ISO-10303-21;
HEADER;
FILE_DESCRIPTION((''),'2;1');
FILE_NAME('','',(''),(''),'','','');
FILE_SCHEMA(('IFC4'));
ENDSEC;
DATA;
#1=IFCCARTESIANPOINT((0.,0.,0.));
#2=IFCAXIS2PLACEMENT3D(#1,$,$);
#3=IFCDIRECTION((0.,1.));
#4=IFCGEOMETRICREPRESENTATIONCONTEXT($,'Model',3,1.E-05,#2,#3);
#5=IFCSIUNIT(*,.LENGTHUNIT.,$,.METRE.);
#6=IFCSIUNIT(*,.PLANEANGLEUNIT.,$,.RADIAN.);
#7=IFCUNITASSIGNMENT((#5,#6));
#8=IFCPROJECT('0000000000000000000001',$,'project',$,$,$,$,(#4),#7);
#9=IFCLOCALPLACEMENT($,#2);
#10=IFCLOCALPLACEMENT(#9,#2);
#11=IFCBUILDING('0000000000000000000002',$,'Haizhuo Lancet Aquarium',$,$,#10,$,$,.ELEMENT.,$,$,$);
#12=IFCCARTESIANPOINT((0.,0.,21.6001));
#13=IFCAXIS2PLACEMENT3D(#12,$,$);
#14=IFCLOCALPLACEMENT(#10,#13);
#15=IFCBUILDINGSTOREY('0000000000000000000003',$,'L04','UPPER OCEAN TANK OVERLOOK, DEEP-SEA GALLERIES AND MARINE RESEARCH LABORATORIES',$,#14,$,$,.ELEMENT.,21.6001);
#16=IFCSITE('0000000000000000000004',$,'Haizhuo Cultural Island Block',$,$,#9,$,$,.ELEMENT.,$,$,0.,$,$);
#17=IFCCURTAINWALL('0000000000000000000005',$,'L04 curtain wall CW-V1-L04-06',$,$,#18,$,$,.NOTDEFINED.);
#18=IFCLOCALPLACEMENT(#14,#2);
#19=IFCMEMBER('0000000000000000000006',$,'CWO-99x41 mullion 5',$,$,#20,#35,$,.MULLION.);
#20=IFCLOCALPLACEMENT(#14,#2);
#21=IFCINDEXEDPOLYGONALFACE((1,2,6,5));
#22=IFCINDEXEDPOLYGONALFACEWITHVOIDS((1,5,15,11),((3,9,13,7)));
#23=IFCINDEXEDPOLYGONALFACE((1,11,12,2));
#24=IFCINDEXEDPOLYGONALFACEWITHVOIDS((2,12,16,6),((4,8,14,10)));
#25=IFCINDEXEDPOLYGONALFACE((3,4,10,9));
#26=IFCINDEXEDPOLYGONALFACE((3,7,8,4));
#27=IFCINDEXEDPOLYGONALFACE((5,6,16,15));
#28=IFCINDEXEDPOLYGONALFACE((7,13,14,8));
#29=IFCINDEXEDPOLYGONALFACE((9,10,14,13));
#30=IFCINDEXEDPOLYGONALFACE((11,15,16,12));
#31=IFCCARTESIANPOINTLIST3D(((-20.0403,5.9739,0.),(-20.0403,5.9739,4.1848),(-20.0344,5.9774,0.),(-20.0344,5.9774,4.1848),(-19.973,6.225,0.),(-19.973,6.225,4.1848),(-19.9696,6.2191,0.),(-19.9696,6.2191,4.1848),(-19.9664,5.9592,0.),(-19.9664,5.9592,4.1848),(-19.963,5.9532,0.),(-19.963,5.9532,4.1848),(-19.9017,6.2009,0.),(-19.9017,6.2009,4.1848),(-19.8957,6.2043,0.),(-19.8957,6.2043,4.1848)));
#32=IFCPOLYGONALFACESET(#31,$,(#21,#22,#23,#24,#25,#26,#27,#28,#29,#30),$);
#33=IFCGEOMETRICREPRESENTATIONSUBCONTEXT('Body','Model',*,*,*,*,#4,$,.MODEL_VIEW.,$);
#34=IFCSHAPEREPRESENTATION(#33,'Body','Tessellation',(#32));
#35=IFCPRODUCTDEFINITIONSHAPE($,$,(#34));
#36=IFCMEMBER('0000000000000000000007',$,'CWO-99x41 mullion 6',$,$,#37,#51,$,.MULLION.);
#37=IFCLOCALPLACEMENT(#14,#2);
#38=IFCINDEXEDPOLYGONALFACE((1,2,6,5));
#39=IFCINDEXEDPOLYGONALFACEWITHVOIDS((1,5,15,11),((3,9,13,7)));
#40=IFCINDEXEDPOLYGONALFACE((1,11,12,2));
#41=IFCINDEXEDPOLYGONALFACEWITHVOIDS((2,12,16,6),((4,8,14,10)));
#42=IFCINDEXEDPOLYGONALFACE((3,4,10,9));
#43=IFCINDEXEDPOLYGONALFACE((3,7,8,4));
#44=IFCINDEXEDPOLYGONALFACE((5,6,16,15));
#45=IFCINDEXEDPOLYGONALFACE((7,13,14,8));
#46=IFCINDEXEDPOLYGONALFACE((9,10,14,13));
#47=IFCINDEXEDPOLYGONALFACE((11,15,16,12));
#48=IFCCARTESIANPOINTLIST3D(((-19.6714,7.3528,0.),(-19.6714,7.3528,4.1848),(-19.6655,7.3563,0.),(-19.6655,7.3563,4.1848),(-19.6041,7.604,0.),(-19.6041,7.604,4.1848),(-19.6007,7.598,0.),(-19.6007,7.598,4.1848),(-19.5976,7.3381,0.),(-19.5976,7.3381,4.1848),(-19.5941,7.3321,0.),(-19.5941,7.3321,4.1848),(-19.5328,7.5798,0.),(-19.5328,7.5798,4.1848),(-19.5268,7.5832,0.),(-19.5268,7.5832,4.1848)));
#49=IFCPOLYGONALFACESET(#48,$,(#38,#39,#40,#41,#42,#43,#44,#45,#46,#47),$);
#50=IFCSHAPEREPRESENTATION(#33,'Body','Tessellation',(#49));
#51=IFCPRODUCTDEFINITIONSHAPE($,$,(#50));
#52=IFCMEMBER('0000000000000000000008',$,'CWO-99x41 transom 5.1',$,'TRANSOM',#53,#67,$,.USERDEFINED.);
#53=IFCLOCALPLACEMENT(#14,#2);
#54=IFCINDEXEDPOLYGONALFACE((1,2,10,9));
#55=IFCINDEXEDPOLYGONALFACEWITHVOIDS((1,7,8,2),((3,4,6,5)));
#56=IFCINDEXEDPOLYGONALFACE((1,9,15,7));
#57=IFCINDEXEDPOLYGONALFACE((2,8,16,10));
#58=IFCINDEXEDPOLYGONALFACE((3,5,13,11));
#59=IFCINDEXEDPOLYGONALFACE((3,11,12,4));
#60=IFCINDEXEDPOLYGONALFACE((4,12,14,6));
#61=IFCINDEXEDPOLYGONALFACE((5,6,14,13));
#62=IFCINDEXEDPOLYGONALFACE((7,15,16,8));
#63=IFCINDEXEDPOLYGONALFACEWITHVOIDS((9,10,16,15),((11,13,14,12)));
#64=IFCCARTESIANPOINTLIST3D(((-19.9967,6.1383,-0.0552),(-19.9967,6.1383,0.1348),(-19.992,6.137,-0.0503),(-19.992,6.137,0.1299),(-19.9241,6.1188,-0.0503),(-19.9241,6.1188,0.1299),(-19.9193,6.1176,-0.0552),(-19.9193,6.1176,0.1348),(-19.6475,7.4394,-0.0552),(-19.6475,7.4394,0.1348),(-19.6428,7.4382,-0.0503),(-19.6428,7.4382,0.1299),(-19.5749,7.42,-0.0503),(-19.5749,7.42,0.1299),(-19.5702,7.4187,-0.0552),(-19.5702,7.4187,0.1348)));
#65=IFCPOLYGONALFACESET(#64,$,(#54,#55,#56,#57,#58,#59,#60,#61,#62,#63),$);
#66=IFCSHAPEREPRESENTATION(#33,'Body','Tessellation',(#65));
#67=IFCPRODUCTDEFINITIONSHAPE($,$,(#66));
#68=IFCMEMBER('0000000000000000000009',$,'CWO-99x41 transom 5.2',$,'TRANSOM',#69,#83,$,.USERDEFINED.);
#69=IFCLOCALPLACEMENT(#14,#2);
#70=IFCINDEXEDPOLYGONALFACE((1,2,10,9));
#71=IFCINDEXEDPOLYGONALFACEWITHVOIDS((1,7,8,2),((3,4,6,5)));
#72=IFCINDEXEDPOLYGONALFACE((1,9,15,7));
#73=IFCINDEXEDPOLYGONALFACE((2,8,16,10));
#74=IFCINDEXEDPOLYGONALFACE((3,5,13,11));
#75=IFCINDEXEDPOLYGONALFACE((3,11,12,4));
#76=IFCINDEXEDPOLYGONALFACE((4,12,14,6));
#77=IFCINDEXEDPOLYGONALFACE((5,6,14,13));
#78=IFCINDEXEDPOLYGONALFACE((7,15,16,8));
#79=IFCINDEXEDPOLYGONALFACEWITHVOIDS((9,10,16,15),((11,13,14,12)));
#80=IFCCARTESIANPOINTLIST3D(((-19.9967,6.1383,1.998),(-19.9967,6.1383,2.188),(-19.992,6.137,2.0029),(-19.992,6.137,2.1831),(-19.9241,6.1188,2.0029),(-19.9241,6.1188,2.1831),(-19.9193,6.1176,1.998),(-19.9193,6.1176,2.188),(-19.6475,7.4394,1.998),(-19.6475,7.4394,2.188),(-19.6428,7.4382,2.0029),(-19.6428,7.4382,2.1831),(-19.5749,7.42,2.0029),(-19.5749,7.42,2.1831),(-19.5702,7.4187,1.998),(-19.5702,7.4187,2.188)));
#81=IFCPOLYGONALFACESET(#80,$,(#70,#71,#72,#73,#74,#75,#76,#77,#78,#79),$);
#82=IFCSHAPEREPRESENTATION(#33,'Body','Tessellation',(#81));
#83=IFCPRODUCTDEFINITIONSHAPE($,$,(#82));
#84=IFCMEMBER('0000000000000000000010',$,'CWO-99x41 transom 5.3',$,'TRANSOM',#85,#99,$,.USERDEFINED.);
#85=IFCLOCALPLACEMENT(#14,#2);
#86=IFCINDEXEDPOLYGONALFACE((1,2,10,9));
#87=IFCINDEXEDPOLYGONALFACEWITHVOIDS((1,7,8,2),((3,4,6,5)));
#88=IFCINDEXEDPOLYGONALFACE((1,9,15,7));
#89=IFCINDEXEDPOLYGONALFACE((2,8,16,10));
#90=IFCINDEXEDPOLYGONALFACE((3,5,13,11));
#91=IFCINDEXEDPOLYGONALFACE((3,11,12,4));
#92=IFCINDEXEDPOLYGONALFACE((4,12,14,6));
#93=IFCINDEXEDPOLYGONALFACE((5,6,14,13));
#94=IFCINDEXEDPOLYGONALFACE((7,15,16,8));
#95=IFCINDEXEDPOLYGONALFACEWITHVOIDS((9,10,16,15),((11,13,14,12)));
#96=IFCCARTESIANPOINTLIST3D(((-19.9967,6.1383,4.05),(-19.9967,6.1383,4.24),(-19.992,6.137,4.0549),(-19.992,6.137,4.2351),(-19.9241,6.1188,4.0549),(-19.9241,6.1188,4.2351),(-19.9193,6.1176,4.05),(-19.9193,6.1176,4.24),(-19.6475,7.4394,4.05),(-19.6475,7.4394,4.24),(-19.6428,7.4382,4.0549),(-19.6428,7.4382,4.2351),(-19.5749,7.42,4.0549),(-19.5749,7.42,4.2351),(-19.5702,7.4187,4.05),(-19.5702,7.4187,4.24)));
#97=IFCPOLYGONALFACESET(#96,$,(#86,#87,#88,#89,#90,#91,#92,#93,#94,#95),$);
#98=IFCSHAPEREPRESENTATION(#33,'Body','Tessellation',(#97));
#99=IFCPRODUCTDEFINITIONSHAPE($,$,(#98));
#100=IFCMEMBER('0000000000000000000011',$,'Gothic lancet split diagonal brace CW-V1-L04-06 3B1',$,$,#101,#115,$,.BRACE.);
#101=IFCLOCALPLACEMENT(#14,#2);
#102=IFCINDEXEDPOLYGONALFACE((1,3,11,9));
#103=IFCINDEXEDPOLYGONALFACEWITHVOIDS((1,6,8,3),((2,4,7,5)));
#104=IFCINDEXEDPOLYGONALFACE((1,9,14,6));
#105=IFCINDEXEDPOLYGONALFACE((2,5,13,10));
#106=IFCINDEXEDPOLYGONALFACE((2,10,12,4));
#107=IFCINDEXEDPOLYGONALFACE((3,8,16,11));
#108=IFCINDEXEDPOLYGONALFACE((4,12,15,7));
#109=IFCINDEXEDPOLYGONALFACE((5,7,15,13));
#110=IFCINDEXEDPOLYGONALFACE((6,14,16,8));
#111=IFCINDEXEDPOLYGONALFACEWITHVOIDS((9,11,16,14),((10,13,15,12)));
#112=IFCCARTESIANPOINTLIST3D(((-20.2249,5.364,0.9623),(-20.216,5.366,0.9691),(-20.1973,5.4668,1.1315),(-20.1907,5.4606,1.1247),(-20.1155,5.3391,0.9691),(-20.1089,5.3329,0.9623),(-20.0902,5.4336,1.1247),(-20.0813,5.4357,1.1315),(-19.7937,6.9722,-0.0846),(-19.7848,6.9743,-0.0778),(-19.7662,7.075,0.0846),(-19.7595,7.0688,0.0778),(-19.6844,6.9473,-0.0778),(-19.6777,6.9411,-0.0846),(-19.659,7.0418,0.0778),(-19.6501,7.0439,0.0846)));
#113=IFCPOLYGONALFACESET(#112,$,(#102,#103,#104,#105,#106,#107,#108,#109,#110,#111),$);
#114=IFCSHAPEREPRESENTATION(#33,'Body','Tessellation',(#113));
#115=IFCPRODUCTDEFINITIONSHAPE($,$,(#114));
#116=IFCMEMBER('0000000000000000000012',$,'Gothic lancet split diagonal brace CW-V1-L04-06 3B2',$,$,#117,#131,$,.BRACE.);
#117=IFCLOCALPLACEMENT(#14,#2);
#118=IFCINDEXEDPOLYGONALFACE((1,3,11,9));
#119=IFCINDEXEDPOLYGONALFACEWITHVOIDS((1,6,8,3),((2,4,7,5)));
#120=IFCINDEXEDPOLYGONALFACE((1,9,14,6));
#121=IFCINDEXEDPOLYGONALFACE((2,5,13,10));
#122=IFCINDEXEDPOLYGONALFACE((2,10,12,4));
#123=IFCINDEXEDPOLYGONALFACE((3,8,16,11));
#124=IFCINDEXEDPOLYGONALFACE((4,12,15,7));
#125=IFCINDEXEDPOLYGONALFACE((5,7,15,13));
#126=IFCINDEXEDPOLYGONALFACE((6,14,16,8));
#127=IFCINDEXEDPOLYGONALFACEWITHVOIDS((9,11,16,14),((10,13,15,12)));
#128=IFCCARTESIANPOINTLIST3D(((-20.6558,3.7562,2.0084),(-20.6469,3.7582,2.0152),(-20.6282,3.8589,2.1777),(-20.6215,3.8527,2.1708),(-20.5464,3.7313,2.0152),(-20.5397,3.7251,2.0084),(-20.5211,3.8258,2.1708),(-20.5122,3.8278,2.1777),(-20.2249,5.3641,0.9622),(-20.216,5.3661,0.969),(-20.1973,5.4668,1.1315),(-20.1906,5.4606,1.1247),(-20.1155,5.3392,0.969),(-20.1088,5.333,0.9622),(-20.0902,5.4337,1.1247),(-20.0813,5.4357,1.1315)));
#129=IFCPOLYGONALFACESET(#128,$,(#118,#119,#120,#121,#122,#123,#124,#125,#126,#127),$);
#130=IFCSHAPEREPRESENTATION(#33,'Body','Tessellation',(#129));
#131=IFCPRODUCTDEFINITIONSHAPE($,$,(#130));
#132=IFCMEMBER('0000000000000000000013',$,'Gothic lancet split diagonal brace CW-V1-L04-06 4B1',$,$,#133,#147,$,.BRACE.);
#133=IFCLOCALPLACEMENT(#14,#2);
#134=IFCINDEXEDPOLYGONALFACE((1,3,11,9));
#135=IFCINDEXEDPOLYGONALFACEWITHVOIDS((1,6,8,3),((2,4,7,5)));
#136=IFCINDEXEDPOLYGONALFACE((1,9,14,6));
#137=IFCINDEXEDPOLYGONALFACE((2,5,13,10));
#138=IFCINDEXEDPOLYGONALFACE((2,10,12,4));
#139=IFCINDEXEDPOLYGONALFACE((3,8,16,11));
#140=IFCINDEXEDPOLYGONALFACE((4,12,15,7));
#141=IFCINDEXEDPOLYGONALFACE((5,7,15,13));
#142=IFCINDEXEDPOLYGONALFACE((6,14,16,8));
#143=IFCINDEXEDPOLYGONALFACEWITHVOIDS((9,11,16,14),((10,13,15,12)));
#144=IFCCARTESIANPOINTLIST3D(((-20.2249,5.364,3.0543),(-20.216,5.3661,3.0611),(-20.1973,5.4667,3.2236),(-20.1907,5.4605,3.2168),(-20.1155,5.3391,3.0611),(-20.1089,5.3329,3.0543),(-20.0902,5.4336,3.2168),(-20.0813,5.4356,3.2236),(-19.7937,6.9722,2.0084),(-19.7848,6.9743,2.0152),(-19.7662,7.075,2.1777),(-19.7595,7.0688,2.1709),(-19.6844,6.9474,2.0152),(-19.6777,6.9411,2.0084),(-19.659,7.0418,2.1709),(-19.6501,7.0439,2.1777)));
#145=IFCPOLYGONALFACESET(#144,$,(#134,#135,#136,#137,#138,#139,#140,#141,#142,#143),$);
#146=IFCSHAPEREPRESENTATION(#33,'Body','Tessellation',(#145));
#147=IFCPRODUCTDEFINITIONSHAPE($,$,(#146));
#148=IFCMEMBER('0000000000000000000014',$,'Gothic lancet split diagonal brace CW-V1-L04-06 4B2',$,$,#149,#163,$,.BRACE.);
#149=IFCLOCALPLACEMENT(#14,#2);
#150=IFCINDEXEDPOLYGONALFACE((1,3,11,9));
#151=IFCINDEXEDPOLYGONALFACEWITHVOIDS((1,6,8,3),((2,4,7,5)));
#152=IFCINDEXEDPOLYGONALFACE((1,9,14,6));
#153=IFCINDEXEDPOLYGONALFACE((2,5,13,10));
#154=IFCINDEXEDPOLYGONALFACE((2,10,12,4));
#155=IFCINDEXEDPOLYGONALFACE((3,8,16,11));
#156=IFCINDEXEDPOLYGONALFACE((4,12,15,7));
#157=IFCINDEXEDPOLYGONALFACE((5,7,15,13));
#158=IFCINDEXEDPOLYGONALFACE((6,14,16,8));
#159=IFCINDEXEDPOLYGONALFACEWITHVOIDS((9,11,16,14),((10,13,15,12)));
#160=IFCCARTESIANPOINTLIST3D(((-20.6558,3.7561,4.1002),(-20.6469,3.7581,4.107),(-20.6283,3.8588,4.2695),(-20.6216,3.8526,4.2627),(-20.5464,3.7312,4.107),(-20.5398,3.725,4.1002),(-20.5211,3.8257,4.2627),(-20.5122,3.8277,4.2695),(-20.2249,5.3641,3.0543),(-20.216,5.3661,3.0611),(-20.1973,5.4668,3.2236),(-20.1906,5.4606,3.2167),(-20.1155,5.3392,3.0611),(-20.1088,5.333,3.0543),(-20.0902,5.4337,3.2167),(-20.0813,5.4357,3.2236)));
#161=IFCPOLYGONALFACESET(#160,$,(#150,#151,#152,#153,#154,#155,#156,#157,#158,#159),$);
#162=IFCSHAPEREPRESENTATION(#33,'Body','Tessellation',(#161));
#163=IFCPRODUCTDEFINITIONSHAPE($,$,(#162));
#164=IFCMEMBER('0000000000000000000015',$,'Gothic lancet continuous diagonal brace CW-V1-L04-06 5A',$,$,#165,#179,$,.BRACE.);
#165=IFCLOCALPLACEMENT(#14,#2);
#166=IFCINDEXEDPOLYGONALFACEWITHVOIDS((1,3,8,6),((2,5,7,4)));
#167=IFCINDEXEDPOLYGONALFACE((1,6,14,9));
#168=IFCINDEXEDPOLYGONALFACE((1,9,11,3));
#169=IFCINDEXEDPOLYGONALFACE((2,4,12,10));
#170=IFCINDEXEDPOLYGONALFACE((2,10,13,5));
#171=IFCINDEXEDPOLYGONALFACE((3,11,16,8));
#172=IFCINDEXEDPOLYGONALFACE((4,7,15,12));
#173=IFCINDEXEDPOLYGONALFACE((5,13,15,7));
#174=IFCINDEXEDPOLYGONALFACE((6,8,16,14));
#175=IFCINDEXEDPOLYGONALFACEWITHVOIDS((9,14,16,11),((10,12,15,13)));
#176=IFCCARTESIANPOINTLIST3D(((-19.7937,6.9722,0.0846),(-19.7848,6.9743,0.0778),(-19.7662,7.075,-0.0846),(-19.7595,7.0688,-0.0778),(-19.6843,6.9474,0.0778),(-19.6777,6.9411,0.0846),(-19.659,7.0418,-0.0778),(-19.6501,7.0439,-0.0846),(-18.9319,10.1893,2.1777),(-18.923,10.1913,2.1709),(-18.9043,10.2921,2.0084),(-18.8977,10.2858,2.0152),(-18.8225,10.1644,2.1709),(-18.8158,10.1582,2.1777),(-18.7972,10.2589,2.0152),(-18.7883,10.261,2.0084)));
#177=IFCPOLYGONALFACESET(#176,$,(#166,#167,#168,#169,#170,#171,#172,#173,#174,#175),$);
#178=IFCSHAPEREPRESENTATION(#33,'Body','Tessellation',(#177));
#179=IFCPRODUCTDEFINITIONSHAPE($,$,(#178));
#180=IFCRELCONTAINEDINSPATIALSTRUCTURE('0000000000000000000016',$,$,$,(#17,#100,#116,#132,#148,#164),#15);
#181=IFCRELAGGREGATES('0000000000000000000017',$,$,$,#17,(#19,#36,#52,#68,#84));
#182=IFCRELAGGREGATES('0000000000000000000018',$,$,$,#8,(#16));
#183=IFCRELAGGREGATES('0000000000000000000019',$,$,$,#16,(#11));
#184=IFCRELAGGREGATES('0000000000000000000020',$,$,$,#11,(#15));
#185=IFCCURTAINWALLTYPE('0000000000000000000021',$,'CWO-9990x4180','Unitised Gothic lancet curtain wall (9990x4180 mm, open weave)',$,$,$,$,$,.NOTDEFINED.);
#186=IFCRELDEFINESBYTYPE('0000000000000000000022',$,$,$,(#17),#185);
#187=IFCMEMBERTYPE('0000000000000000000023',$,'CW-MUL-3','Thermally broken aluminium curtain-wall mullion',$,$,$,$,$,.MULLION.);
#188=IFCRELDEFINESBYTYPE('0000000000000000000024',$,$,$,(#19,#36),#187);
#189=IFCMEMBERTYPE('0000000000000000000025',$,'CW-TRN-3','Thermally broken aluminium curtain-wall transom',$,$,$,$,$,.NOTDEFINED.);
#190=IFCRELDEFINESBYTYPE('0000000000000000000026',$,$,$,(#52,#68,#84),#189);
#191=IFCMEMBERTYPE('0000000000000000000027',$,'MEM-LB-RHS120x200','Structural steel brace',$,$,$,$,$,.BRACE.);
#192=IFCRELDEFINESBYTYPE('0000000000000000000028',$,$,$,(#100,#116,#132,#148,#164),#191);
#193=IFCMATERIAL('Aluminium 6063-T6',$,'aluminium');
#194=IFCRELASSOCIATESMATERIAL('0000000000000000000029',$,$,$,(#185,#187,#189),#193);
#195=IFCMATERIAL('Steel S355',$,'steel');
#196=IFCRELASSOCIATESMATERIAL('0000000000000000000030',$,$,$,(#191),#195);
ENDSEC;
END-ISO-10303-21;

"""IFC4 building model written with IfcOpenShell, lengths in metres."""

from ifc_helpers import new_model, si_unit, direction, frame, origin, origin_2d, place, context, subcontext, project, spatial, hollow_rectangle, extrude, material, material_profile, profile_set, type_object, element, aggregate, save


model = new_model("IFC4")

# Units and contexts
model_context = context("Model", 3, precision=1e-05, world=origin(), true_north=direction((0.0, 1.0)))
body_context = subcontext(model_context, "Body", "Model", "MODEL_VIEW")
ifc_project = project(units=[si_unit("LENGTHUNIT", "METRE"), si_unit("PLANEANGLEUNIT", "RADIAN")], contexts=[model_context])

# Site, building, storey
site_placement = place(None, origin())
site = spatial("IfcSite", under=ifc_project, at=site_placement, Name="Haizhuo Cultural Island Block", CompositionType="ELEMENT", RefElevation=0.0)
building_placement = place(site_placement, origin())
building = spatial("IfcBuilding", under=site, at=building_placement, Name="Haizhuo Lancet Aquarium", CompositionType="ELEMENT")
storey_placement = place(building_placement, frame((0.0, 0.0, 21.6001)))
storey = spatial("IfcBuildingStorey", under=building, at=storey_placement, Name="L04", Description="UPPER OCEAN TANK OVERLOOK, DEEP-SEA GALLERIES AND MARINE RESEARCH LABORATORIES", CompositionType="ELEMENT", Elevation=21.6001)

# Curtain wall, members
ifc_material_1 = material(Name="Aluminium 6063-T6", Category="aluminium")
curtain_wall_type = type_object("IfcCurtainWallType", Name="CWO-9990x4180", Description="Unitised Gothic lancet curtain wall (9990x4180 mm, open weave)", PredefinedType="NOTDEFINED", material=ifc_material_1)
curtain_wall_placement = place(storey_placement, origin())
curtain_wall = element("IfcCurtainWall", 1, at=curtain_wall_placement, inside=storey, type_object=curtain_wall_type, Name="L04 curtain wall CW-V1-L04-06", PredefinedType="NOTDEFINED")
ifc_material_profile_1 = material_profile(ifc_material_1, hollow_rectangle(XDim=0.0801, YDim=0.26, WallThickness=0.0049, at=origin_2d()), Name="ALU-M 80x260x5")
ifc_profile_set_1 = profile_set([ifc_material_profile_1], Name="Aluminium 6063-T6")
member_type_1 = type_object("IfcMemberType", Name="CW-MUL-3", Description="Thermally broken aluminium curtain-wall mullion", PredefinedType="MULLION", material=ifc_profile_set_1)
member_1_placement = place(storey_placement, frame((-19.968, 6.0891, 0.0), z_axis=(0.0, 0.0, 1.0), x_axis=(-0.965917, 0.258853, 0.0)))
member_1 = element("IfcMember", 2, at=member_1_placement, type_object=member_type_1, Name="CWO-99x41 mullion 5", PredefinedType="MULLION", context=body_context, shape_type="SweptSolid", body=[
    extrude(hollow_rectangle(XDim=0.0801, YDim=0.26, WallThickness=0.0049, at=origin_2d()), origin(), (0.0, 0.0, 1.0), 4.1848),
])
member_2_placement = place(storey_placement, frame((-19.5991, 7.468, 0.0), z_axis=(0.0, 0.0, 1.0), x_axis=(-0.965917, 0.258853, 0.0)))
member_2 = element("IfcMember", 3, at=member_2_placement, type_object=member_type_1, Name="CWO-99x41 mullion 6", PredefinedType="MULLION", context=body_context, shape_type="SweptSolid", body=[
    extrude(hollow_rectangle(XDim=0.0801, YDim=0.26, WallThickness=0.0049, at=origin_2d()), origin(), (0.0, 0.0, 1.0), 4.1848),
])
ifc_material_profile_2 = material_profile(ifc_material_1, hollow_rectangle(XDim=0.0801, YDim=0.1899, WallThickness=0.0049, at=origin_2d()), Name="ALU-T 80x190x5")
ifc_profile_set_2 = profile_set([ifc_material_profile_2], Name="Aluminium 6063-T6")
member_type_2 = type_object("IfcMemberType", Name="CW-TRN-3", Description="Thermally broken aluminium curtain-wall transom", PredefinedType="NOTDEFINED", material=ifc_profile_set_2)
member_3_placement = place(storey_placement, frame((-19.958, 6.1279, 0.0398), z_axis=(0.259174, 0.965831, 0.0), x_axis=(-0.965831, 0.259174, 0.0)))
member_3 = element("IfcMember", 4, at=member_3_placement, type_object=member_type_2, Name="CWO-99x41 transom 5.1", ObjectType="TRANSOM", PredefinedType="USERDEFINED", context=body_context, shape_type="SweptSolid", body=[
    extrude(hollow_rectangle(XDim=0.0801, YDim=0.1899, WallThickness=0.0049, at=origin_2d()), origin(), (0.0, 0.0, 1.0), 1.3472),
])
member_4_placement = place(storey_placement, frame((-19.958, 6.1279, 2.093), z_axis=(0.259174, 0.965831, 0.0), x_axis=(-0.965831, 0.259174, 0.0)))
member_4 = element("IfcMember", 5, at=member_4_placement, type_object=member_type_2, Name="CWO-99x41 transom 5.2", ObjectType="TRANSOM", PredefinedType="USERDEFINED", context=body_context, shape_type="SweptSolid", body=[
    extrude(hollow_rectangle(XDim=0.0801, YDim=0.1899, WallThickness=0.0049, at=origin_2d()), origin(), (0.0, 0.0, 1.0), 1.3472),
])
member_5_placement = place(storey_placement, frame((-19.958, 6.1279, 4.145), z_axis=(0.259174, 0.965831, 0.0), x_axis=(-0.965831, 0.259174, 0.0)))
member_5 = element("IfcMember", 6, at=member_5_placement, type_object=member_type_2, Name="CWO-99x41 transom 5.3", ObjectType="TRANSOM", PredefinedType="USERDEFINED", context=body_context, shape_type="SweptSolid", body=[
    extrude(hollow_rectangle(XDim=0.0801, YDim=0.1899, WallThickness=0.0049, at=origin_2d()), origin(), (0.0, 0.0, 1.0), 1.3472),
])

# Members
ifc_material_2 = material(Name="Steel S355", Category="steel")
ifc_material_profile_3 = material_profile(ifc_material_2, hollow_rectangle(XDim=0.1201, YDim=0.2, WallThickness=0.0081, at=origin_2d()), Name="RHS 120x200x8")
ifc_profile_set_3 = profile_set([ifc_material_profile_3], Name="Steel S355")
member_type_3 = type_object("IfcMemberType", Name="MEM-LB-RHS120x200", Description="Structural steel brace", PredefinedType="BRACE", material=ifc_profile_set_3)
member_6_placement = place(storey_placement, frame((-19.7219, 7.0081, 0.0), z_axis=(-0.219224, -0.817682, 0.532294), x_axis=(0.965888, -0.258958, 0.0)))
element("IfcMember", 7, at=member_6_placement, inside=storey, type_object=member_type_3, Name="Gothic lancet split diagonal brace CW-V1-L04-06 3B1", PredefinedType="BRACE", context=body_context, shape_type="SweptSolid", body=[
    extrude(hollow_rectangle(XDim=0.1201, YDim=0.2, WallThickness=0.0081, at=origin_2d()), origin(), (0.0, 0.0, 1.0), 1.9668),
])
member_7_placement = place(storey_placement, frame((-20.1531, 5.3999, 1.0469), z_axis=(-0.219171, -0.817825, 0.532096), x_axis=(0.965915, -0.258858, 0.0)))
element("IfcMember", 8, at=member_7_placement, inside=storey, type_object=member_type_3, Name="Gothic lancet split diagonal brace CW-V1-L04-06 3B2", PredefinedType="BRACE", context=body_context, shape_type="SweptSolid", body=[
    extrude(hollow_rectangle(XDim=0.1201, YDim=0.2, WallThickness=0.0081, at=origin_2d()), origin(), (0.0, 0.0, 1.0), 1.9661),
])
member_8_placement = place(storey_placement, frame((-19.7219, 7.0081, 2.093), z_axis=(-0.219282, -0.817898, 0.531938), x_axis=(0.965888, -0.258958, 0.0)))
element("IfcMember", 9, at=member_8_placement, inside=storey, type_object=member_type_3, Name="Gothic lancet split diagonal brace CW-V1-L04-06 4B1", PredefinedType="BRACE", context=body_context, shape_type="SweptSolid", body=[
    extrude(hollow_rectangle(XDim=0.1201, YDim=0.2, WallThickness=0.0081, at=origin_2d()), origin(), (0.0, 0.0, 1.0), 1.9663),
])
member_9_placement = place(storey_placement, frame((-20.1531, 5.3999, 3.1389), z_axis=(-0.219186, -0.817879, 0.532007), x_axis=(0.965915, -0.258858, 0.0)))
element("IfcMember", 10, at=member_9_placement, inside=storey, type_object=member_type_3, Name="Gothic lancet split diagonal brace CW-V1-L04-06 4B2", PredefinedType="BRACE", context=body_context, shape_type="SweptSolid", body=[
    extrude(hollow_rectangle(XDim=0.1201, YDim=0.2, WallThickness=0.0081, at=origin_2d()), origin(), (0.0, 0.0, 1.0), 1.9661),
])
member_10_placement = place(storey_placement, frame((-19.7219, 7.0081, 0.0), z_axis=(0.219094, 0.817847, 0.532094), x_axis=(-0.96594, 0.258767, 0.0)))
element("IfcMember", 11, at=member_10_placement, inside=storey, type_object=member_type_3, Name="Gothic lancet continuous diagonal brace CW-V1-L04-06 5A", PredefinedType="BRACE", context=body_context, shape_type="SweptSolid", body=[
    extrude(hollow_rectangle(XDim=0.1201, YDim=0.2, WallThickness=0.0081, at=origin_2d()), origin(), (0.0, 0.0, 1.0), 3.9336),
])

aggregate(curtain_wall, [member_1, member_2, member_3, member_4, member_5])

save(model, "model.ifc")
